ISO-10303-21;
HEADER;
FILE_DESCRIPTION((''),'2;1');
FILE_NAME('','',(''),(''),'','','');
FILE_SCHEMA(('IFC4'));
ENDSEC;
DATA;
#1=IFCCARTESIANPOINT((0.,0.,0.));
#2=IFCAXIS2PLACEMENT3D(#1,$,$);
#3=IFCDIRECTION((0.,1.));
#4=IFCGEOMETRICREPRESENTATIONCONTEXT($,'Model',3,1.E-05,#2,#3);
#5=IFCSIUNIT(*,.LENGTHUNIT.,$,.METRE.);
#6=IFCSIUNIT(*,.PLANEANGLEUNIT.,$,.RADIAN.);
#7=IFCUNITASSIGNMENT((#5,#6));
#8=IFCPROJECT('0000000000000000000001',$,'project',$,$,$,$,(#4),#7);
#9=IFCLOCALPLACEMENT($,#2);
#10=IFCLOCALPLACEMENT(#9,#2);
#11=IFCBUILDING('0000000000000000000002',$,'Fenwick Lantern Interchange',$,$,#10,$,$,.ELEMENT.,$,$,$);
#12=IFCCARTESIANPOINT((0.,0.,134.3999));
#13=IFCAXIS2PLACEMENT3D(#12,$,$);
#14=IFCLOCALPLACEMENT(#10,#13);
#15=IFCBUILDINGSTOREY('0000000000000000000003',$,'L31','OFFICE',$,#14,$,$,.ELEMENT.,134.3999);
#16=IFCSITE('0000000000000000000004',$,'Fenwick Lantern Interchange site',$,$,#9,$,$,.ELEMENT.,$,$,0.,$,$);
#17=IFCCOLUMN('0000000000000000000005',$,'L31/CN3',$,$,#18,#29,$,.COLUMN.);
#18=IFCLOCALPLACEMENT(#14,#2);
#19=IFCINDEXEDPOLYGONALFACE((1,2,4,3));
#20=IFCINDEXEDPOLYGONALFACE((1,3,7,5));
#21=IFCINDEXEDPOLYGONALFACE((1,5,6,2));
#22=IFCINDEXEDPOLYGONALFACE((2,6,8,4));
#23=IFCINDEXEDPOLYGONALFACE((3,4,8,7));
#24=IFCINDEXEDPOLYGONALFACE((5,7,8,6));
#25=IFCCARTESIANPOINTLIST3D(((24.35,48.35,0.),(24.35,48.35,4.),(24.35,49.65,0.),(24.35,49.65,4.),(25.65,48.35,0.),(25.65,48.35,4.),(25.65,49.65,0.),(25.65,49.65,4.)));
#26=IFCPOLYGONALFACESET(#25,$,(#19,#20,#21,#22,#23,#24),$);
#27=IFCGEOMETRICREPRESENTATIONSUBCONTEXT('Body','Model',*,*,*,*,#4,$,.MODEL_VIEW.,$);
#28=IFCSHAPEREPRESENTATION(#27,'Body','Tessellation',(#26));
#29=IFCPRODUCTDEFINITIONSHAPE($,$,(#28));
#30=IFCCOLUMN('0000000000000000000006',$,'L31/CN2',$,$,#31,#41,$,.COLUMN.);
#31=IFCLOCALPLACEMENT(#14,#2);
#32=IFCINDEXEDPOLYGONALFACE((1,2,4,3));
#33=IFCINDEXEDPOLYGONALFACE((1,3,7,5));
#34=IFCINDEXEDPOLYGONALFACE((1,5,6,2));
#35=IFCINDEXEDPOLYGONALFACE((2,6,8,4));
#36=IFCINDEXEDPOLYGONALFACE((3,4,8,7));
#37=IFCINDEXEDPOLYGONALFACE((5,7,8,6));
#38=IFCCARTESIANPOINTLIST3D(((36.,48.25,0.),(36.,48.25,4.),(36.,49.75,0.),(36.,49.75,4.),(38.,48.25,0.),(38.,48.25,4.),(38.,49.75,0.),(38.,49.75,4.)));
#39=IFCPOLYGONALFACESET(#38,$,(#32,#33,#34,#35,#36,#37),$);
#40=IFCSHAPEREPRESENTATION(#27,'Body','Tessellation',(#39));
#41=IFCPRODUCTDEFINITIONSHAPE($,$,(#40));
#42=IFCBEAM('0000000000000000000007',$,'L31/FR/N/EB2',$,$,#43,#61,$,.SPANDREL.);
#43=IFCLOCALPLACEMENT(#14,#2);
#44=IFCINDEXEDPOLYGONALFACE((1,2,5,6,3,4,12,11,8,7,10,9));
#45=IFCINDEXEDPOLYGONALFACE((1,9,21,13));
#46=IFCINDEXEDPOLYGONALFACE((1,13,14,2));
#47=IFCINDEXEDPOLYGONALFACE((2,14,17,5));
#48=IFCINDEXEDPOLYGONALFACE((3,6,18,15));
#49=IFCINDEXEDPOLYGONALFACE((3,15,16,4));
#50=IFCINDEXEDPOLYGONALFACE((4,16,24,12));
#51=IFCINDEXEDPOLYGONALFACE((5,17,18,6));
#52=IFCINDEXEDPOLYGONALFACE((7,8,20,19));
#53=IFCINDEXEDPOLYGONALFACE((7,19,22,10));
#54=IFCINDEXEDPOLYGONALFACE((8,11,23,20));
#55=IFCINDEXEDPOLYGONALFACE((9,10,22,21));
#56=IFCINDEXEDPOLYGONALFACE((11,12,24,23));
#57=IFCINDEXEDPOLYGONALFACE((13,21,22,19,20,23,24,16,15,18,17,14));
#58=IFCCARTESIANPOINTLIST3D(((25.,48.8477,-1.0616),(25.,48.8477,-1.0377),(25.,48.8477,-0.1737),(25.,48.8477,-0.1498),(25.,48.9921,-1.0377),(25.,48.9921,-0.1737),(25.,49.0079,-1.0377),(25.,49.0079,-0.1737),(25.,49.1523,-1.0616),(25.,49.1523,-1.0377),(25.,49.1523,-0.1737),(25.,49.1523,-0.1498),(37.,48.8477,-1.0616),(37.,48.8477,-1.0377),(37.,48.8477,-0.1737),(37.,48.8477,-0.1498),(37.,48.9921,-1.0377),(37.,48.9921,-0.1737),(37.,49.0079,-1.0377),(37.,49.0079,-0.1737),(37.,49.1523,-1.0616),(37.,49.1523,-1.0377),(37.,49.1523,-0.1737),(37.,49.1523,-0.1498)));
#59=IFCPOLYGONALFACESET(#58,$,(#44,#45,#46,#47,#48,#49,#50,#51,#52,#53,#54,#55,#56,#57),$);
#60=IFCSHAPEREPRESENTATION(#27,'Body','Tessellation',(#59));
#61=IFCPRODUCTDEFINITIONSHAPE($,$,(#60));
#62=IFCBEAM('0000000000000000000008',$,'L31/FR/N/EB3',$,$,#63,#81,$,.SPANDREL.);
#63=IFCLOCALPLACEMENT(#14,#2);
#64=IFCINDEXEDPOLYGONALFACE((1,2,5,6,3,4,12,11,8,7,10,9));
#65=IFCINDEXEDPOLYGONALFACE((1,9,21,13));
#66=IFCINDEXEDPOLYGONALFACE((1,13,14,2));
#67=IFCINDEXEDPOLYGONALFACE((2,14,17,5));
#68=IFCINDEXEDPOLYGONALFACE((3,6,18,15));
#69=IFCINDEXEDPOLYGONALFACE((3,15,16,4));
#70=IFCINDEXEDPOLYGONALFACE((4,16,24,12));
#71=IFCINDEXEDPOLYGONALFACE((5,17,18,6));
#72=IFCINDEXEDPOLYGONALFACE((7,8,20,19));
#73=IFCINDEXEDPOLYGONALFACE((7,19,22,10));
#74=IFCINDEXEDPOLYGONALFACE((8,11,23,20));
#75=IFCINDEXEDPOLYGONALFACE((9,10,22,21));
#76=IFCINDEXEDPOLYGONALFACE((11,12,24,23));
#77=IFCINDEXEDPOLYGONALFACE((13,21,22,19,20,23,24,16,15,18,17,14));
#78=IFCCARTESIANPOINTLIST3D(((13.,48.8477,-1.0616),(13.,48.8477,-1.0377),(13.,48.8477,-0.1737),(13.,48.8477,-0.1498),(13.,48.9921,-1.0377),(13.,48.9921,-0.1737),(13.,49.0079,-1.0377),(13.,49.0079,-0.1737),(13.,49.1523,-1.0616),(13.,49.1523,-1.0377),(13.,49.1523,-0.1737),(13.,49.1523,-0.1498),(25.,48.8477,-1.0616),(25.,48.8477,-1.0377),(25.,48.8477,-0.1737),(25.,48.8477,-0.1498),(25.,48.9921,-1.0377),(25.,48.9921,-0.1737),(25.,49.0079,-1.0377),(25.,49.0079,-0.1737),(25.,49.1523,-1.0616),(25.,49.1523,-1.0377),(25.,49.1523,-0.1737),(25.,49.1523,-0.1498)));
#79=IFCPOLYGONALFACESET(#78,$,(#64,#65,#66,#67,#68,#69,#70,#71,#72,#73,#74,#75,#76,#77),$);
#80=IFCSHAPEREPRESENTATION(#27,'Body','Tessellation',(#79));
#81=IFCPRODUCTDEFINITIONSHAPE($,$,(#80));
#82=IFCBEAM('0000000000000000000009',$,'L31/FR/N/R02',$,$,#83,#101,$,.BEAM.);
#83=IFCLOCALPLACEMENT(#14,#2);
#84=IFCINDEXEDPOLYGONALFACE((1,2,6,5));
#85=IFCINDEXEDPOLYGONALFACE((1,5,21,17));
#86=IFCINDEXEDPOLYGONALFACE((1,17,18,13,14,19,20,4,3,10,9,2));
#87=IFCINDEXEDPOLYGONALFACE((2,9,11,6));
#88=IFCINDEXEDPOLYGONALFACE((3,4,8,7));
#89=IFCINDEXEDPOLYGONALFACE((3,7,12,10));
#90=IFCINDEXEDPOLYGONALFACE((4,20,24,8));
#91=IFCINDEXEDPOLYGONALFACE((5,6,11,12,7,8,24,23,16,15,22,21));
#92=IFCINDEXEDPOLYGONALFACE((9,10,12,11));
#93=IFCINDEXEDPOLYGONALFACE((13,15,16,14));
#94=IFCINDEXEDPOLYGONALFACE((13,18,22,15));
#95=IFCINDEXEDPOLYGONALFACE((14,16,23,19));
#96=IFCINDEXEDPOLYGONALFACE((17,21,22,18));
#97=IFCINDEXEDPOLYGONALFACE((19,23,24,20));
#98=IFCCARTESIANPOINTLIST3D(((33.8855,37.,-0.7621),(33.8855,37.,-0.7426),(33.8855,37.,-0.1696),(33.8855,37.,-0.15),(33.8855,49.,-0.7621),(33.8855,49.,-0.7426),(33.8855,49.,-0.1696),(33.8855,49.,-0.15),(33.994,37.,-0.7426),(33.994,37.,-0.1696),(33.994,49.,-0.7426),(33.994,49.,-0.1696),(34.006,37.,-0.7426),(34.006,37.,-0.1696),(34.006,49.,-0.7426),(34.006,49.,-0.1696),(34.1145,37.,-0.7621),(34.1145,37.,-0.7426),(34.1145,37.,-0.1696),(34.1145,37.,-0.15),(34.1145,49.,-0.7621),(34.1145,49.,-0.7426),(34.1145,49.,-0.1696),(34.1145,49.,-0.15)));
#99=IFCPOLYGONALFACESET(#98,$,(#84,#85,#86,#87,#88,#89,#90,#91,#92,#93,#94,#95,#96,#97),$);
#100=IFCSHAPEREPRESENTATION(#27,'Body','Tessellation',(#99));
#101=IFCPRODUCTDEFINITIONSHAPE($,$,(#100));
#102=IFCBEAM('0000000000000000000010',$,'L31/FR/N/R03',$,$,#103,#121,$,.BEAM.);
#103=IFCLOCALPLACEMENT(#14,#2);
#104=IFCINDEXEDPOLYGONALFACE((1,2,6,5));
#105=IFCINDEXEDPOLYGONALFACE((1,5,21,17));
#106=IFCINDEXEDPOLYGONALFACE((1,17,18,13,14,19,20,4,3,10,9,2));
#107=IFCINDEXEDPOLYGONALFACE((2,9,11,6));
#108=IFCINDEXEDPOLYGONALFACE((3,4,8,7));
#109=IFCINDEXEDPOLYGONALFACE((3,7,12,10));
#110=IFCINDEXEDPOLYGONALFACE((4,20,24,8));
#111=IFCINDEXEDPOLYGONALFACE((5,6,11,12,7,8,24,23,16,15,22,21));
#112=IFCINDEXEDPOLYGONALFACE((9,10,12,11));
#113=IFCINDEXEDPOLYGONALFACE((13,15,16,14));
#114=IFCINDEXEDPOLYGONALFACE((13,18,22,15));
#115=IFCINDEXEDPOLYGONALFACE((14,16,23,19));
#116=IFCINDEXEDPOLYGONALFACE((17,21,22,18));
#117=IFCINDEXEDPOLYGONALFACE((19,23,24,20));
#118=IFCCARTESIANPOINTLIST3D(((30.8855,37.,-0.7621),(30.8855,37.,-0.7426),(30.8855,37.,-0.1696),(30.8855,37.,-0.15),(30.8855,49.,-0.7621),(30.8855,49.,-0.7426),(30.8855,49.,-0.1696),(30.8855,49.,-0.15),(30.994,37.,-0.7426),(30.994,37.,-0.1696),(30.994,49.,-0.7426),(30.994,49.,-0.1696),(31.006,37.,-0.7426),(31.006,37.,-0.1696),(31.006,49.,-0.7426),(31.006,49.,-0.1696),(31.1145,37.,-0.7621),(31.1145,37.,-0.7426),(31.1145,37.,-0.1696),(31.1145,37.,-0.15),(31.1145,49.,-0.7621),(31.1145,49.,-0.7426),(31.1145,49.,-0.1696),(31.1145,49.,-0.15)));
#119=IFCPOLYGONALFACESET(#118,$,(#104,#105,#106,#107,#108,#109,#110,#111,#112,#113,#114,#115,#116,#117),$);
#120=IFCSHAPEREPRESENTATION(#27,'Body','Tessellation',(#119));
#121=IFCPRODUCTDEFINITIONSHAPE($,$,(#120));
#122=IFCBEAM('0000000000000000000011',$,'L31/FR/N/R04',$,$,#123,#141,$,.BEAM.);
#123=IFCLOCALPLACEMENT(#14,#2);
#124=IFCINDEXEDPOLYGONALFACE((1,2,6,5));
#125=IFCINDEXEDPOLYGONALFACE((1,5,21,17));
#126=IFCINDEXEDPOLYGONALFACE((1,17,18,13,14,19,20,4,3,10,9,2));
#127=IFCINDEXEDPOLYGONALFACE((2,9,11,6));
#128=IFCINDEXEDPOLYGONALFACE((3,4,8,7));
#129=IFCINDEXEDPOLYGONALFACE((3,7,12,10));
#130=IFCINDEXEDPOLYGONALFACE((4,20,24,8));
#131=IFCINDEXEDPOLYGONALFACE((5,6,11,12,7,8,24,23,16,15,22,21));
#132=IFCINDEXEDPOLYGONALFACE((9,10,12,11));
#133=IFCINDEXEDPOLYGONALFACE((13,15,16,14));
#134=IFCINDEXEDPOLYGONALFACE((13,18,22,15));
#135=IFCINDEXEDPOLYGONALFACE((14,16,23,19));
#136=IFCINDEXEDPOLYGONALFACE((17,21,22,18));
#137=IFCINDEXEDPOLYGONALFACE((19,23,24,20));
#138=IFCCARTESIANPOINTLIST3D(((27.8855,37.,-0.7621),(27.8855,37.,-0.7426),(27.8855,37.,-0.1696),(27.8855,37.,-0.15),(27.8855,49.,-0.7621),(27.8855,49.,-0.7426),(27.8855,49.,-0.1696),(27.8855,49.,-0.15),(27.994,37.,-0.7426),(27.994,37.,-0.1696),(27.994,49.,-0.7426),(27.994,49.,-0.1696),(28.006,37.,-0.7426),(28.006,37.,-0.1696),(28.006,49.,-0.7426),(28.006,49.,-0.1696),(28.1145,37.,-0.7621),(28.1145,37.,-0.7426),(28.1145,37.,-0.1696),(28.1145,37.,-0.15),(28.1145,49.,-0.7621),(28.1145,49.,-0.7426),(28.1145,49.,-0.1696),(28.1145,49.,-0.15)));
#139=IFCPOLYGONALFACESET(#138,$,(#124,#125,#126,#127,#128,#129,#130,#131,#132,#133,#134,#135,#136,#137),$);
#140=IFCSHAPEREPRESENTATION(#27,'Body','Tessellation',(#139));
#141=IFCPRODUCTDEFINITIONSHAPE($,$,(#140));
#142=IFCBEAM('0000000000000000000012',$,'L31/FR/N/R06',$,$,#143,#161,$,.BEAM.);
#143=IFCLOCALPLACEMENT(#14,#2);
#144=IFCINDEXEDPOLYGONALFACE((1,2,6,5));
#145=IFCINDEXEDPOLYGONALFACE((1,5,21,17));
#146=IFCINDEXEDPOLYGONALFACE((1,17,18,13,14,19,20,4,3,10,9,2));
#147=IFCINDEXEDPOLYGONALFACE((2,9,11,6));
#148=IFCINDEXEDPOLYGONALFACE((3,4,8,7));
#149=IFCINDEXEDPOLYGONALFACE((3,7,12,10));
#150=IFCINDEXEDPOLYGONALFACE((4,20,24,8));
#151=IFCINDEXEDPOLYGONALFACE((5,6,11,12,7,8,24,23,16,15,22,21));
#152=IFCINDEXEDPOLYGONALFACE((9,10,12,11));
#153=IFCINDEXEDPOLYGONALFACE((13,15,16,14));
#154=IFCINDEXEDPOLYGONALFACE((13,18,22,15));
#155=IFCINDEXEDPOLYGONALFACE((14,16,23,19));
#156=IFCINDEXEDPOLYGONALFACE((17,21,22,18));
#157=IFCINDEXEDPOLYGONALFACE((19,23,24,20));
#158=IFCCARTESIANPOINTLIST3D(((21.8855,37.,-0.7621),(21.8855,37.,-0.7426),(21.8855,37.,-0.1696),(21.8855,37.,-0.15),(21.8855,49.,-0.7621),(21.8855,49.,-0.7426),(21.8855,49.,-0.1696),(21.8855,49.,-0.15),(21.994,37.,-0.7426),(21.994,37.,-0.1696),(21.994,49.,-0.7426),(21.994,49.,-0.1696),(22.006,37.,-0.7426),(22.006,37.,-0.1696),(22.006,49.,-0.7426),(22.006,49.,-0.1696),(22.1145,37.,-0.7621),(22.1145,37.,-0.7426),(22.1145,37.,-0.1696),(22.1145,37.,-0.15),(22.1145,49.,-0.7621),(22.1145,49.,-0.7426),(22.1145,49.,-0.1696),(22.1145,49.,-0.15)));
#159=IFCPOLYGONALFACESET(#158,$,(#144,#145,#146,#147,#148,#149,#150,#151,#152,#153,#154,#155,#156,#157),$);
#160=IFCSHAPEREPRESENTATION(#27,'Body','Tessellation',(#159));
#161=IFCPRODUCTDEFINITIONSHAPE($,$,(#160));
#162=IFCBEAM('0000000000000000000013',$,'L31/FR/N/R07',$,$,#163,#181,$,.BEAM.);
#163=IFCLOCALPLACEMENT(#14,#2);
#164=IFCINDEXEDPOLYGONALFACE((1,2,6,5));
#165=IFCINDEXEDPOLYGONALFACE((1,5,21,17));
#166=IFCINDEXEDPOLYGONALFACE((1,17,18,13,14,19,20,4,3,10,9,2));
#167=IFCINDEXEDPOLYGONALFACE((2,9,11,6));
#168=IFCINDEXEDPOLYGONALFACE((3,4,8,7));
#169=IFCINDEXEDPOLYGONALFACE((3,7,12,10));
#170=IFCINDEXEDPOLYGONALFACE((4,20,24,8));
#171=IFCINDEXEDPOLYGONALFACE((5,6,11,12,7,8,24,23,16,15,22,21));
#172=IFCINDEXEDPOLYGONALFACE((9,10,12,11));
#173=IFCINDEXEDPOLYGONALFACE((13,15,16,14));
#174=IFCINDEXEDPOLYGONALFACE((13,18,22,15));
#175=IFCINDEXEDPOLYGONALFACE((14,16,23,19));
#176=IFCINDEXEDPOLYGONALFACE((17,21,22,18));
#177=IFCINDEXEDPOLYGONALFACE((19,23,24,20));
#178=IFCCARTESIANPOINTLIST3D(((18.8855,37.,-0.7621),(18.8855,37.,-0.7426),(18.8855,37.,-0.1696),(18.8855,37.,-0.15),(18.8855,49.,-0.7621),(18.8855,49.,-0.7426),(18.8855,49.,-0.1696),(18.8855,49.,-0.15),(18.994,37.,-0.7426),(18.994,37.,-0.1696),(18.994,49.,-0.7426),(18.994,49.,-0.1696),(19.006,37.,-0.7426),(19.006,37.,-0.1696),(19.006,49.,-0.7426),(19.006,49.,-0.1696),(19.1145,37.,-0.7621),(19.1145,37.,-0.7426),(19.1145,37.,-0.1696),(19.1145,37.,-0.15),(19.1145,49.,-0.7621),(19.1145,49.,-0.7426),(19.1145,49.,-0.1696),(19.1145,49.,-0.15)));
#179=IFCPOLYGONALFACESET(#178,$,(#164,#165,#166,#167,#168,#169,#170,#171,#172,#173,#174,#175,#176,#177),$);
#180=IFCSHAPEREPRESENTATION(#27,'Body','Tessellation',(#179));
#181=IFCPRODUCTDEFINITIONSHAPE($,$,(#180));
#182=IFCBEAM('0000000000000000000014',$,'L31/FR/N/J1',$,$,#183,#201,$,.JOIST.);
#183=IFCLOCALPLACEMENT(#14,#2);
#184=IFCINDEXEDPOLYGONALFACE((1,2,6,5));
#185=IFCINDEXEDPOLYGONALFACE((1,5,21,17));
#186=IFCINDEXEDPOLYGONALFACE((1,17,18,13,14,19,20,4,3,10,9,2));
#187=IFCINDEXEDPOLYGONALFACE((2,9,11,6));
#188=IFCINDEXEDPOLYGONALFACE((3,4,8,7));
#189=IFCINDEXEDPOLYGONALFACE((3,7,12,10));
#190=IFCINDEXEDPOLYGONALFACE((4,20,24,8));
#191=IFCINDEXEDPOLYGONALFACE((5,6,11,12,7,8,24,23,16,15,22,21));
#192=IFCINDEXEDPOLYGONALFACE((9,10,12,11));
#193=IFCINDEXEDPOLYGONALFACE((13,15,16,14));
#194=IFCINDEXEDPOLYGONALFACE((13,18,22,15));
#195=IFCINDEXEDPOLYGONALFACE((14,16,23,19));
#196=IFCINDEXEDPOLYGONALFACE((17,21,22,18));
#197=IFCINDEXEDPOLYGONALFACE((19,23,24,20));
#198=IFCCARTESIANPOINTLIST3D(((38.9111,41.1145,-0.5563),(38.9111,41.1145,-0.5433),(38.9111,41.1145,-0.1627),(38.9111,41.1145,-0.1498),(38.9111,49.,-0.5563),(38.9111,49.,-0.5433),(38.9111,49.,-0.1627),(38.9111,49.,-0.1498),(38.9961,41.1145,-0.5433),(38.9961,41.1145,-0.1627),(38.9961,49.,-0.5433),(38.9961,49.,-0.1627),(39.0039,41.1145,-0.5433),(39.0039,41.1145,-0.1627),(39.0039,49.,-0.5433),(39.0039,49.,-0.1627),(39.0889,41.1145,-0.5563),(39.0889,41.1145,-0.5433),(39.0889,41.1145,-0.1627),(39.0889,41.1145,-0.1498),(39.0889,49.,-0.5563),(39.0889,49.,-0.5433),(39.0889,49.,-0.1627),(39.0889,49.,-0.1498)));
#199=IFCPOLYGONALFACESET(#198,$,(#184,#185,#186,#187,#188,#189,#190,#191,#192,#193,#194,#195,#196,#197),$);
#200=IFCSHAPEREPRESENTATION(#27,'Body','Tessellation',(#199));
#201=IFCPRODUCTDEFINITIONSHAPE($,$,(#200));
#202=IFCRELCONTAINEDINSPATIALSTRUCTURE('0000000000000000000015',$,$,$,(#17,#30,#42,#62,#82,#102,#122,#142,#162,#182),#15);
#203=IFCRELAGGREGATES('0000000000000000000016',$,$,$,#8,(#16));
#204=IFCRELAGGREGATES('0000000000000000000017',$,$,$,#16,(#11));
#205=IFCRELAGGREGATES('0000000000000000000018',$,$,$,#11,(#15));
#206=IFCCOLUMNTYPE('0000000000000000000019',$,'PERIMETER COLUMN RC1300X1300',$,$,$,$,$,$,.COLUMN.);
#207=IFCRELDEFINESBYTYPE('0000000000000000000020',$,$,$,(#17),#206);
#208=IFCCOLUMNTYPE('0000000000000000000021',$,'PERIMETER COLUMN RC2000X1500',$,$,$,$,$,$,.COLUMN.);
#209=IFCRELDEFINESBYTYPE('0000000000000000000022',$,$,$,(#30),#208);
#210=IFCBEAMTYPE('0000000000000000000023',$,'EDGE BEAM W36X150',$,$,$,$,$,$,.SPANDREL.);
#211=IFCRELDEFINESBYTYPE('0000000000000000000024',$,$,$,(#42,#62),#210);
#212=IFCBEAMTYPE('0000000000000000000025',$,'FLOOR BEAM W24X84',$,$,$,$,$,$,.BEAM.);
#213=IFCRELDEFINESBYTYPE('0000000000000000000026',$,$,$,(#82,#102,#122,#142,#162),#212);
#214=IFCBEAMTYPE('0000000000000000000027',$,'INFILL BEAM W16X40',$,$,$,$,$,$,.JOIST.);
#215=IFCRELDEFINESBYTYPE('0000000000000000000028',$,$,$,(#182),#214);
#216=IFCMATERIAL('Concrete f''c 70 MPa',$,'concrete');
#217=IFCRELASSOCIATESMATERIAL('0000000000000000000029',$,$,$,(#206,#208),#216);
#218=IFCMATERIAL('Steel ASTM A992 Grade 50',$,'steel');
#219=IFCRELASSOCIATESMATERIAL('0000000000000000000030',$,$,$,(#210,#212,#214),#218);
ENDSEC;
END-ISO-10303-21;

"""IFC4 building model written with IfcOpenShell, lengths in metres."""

from ifc_helpers import new_model, si_unit, direction, frame, origin, origin_2d, place, context, subcontext, project, spatial, rectangle, i_section, extrude, material, material_profile, profile_set, type_object, element, save


model = new_model("IFC4")

# Units and contexts
model_context = context("Model", 3, precision=1e-05, world=origin(), true_north=direction((0.0, 1.0)))
body_context = subcontext(model_context, "Body", "Model", "MODEL_VIEW")
ifc_project = project(units=[si_unit("LENGTHUNIT", "METRE"), si_unit("PLANEANGLEUNIT", "RADIAN")], contexts=[model_context])

# Site, building, storey
site_placement = place(None, origin())
site = spatial("IfcSite", under=ifc_project, at=site_placement, Name="Fenwick Lantern Interchange site", CompositionType="ELEMENT", RefElevation=0.0)
building_placement = place(site_placement, origin())
building = spatial("IfcBuilding", under=site, at=building_placement, Name="Fenwick Lantern Interchange", CompositionType="ELEMENT")
storey_placement = place(building_placement, frame((0.0, 0.0, 134.3999)))
storey = spatial("IfcBuildingStorey", under=building, at=storey_placement, Name="L31", Description="OFFICE", CompositionType="ELEMENT", Elevation=134.3999)

# Columns
ifc_material_1 = material(Name="Concrete f'c 70 MPa", Category="concrete")
ifc_material_profile_1 = material_profile(ifc_material_1, rectangle(XDim=1.3, YDim=1.3, at=origin_2d()), Name="RC1300X1300")
ifc_profile_set_1 = profile_set([ifc_material_profile_1], Name="Concrete f'c 70 MPa")
column_type_1 = type_object("IfcColumnType", Name="PERIMETER COLUMN RC1300X1300", PredefinedType="COLUMN", material=ifc_profile_set_1)
column_1_placement = place(storey_placement, frame((25.0, 49.0, 0.0), z_axis=(0.0, 0.0, 1.0), x_axis=(1.0, 0.0, 0.0)))
element("IfcColumn", 1, at=column_1_placement, inside=storey, type_object=column_type_1, Name="L31/CN3", PredefinedType="COLUMN", context=body_context, shape_type="SweptSolid", body=[
    extrude(rectangle(XDim=1.3, YDim=1.3, at=origin_2d()), origin(), (0.0, 0.0, 1.0), 4.0),
])
ifc_material_profile_2 = material_profile(ifc_material_1, rectangle(XDim=2.0, YDim=1.5, at=origin_2d()), Name="RC2000X1500")
ifc_profile_set_2 = profile_set([ifc_material_profile_2], Name="Concrete f'c 70 MPa")
column_type_2 = type_object("IfcColumnType", Name="PERIMETER COLUMN RC2000X1500", PredefinedType="COLUMN", material=ifc_profile_set_2)
column_2_placement = place(storey_placement, frame((37.0, 49.0, 0.0), z_axis=(0.0, 0.0, 1.0), x_axis=(1.0, 0.0, 0.0)))
element("IfcColumn", 2, at=column_2_placement, inside=storey, type_object=column_type_2, Name="L31/CN2", PredefinedType="COLUMN", context=body_context, shape_type="SweptSolid", body=[
    extrude(rectangle(XDim=2.0, YDim=1.5, at=origin_2d()), origin(), (0.0, 0.0, 1.0), 4.0),
])

# Beams
ifc_material_2 = material(Name="Steel ASTM A992 Grade 50", Category="steel")
ifc_material_profile_3 = material_profile(ifc_material_2, i_section(OverallWidth=0.3047, OverallDepth=0.9119, WebThickness=0.0159, FlangeThickness=0.0239, at=origin_2d()), Name="W36X150")
ifc_profile_set_3 = profile_set([ifc_material_profile_3], Name="Steel ASTM A992 Grade 50")
beam_type_1 = type_object("IfcBeamType", Name="EDGE BEAM W36X150", PredefinedType="SPANDREL", material=ifc_profile_set_3)
for number, where, z_axis, x_axis, name in (
    (3, (37.0, 49.0, -0.6057), (-1.0, 0.0, 0.0), (0.0, -1.0, 0.0), "L31/FR/N/EB2"),
    (4, (25.0, 49.0, -0.6057), (-1.0, 0.0, 0.0), (0.0, -1.0, 0.0), "L31/FR/N/EB3"),
):
    element("IfcBeam", number, at=place(storey_placement, frame(where, z_axis=z_axis, x_axis=x_axis)), inside=storey, type_object=beam_type_1, Name=name, PredefinedType="SPANDREL", context=body_context, shape_type="SweptSolid", body=[
        extrude(i_section(OverallWidth=0.3047, OverallDepth=0.9119, WebThickness=0.0159, FlangeThickness=0.0239, at=origin_2d()), origin(), (0.0, 0.0, 1.0), 12.0),
    ])
ifc_material_profile_4 = material_profile(ifc_material_2, i_section(OverallWidth=0.229, OverallDepth=0.6121, WebThickness=0.012, FlangeThickness=0.0195, at=origin_2d()), Name="W24X84")
ifc_profile_set_4 = profile_set([ifc_material_profile_4], Name="Steel ASTM A992 Grade 50")
beam_type_2 = type_object("IfcBeamType", Name="FLOOR BEAM W24X84", PredefinedType="BEAM", material=ifc_profile_set_4)
for number, where, z_axis, x_axis, name in (
    (5, (34.0, 49.0, -0.4561), (0.0, -1.0, 0.0), (1.0, 0.0, 0.0), "L31/FR/N/R02"),
    (6, (31.0, 49.0, -0.4561), (0.0, -1.0, 0.0), (1.0, 0.0, 0.0), "L31/FR/N/R03"),
    (7, (28.0, 49.0, -0.4561), (0.0, -1.0, 0.0), (1.0, 0.0, 0.0), "L31/FR/N/R04"),
    (8, (22.0, 49.0, -0.4561), (0.0, -1.0, 0.0), (1.0, 0.0, 0.0), "L31/FR/N/R06"),
    (9, (19.0, 49.0, -0.4561), (0.0, -1.0, 0.0), (1.0, 0.0, 0.0), "L31/FR/N/R07"),
):
    element("IfcBeam", number, at=place(storey_placement, frame(where, z_axis=z_axis, x_axis=x_axis)), inside=storey, type_object=beam_type_2, Name=name, PredefinedType="BEAM", context=body_context, shape_type="SweptSolid", body=[
        extrude(i_section(OverallWidth=0.229, OverallDepth=0.6121, WebThickness=0.012, FlangeThickness=0.0195, at=origin_2d()), origin(), (0.0, 0.0, 1.0), 12.0),
    ])
ifc_material_profile_5 = material_profile(ifc_material_2, i_section(OverallWidth=0.1777, OverallDepth=0.4065, WebThickness=0.0078, FlangeThickness=0.0129, at=origin_2d()), Name="W16X40")
ifc_profile_set_5 = profile_set([ifc_material_profile_5], Name="Steel ASTM A992 Grade 50")
beam_type_3 = type_object("IfcBeamType", Name="INFILL BEAM W16X40", PredefinedType="JOIST", material=ifc_profile_set_5)
beam_1_placement = place(storey_placement, frame((39.0, 49.0, -0.353), z_axis=(0.0, -1.0, 0.0), x_axis=(1.0, 0.0, 0.0)))
element("IfcBeam", 10, at=beam_1_placement, inside=storey, type_object=beam_type_3, Name="L31/FR/N/J1", PredefinedType="JOIST", context=body_context, shape_type="SweptSolid", body=[
    extrude(i_section(OverallWidth=0.1777, OverallDepth=0.4065, WebThickness=0.0078, FlangeThickness=0.0129, at=origin_2d()), origin(), (0.0, 0.0, 1.0), 7.8855),
])

save(model, "model.ifc")
